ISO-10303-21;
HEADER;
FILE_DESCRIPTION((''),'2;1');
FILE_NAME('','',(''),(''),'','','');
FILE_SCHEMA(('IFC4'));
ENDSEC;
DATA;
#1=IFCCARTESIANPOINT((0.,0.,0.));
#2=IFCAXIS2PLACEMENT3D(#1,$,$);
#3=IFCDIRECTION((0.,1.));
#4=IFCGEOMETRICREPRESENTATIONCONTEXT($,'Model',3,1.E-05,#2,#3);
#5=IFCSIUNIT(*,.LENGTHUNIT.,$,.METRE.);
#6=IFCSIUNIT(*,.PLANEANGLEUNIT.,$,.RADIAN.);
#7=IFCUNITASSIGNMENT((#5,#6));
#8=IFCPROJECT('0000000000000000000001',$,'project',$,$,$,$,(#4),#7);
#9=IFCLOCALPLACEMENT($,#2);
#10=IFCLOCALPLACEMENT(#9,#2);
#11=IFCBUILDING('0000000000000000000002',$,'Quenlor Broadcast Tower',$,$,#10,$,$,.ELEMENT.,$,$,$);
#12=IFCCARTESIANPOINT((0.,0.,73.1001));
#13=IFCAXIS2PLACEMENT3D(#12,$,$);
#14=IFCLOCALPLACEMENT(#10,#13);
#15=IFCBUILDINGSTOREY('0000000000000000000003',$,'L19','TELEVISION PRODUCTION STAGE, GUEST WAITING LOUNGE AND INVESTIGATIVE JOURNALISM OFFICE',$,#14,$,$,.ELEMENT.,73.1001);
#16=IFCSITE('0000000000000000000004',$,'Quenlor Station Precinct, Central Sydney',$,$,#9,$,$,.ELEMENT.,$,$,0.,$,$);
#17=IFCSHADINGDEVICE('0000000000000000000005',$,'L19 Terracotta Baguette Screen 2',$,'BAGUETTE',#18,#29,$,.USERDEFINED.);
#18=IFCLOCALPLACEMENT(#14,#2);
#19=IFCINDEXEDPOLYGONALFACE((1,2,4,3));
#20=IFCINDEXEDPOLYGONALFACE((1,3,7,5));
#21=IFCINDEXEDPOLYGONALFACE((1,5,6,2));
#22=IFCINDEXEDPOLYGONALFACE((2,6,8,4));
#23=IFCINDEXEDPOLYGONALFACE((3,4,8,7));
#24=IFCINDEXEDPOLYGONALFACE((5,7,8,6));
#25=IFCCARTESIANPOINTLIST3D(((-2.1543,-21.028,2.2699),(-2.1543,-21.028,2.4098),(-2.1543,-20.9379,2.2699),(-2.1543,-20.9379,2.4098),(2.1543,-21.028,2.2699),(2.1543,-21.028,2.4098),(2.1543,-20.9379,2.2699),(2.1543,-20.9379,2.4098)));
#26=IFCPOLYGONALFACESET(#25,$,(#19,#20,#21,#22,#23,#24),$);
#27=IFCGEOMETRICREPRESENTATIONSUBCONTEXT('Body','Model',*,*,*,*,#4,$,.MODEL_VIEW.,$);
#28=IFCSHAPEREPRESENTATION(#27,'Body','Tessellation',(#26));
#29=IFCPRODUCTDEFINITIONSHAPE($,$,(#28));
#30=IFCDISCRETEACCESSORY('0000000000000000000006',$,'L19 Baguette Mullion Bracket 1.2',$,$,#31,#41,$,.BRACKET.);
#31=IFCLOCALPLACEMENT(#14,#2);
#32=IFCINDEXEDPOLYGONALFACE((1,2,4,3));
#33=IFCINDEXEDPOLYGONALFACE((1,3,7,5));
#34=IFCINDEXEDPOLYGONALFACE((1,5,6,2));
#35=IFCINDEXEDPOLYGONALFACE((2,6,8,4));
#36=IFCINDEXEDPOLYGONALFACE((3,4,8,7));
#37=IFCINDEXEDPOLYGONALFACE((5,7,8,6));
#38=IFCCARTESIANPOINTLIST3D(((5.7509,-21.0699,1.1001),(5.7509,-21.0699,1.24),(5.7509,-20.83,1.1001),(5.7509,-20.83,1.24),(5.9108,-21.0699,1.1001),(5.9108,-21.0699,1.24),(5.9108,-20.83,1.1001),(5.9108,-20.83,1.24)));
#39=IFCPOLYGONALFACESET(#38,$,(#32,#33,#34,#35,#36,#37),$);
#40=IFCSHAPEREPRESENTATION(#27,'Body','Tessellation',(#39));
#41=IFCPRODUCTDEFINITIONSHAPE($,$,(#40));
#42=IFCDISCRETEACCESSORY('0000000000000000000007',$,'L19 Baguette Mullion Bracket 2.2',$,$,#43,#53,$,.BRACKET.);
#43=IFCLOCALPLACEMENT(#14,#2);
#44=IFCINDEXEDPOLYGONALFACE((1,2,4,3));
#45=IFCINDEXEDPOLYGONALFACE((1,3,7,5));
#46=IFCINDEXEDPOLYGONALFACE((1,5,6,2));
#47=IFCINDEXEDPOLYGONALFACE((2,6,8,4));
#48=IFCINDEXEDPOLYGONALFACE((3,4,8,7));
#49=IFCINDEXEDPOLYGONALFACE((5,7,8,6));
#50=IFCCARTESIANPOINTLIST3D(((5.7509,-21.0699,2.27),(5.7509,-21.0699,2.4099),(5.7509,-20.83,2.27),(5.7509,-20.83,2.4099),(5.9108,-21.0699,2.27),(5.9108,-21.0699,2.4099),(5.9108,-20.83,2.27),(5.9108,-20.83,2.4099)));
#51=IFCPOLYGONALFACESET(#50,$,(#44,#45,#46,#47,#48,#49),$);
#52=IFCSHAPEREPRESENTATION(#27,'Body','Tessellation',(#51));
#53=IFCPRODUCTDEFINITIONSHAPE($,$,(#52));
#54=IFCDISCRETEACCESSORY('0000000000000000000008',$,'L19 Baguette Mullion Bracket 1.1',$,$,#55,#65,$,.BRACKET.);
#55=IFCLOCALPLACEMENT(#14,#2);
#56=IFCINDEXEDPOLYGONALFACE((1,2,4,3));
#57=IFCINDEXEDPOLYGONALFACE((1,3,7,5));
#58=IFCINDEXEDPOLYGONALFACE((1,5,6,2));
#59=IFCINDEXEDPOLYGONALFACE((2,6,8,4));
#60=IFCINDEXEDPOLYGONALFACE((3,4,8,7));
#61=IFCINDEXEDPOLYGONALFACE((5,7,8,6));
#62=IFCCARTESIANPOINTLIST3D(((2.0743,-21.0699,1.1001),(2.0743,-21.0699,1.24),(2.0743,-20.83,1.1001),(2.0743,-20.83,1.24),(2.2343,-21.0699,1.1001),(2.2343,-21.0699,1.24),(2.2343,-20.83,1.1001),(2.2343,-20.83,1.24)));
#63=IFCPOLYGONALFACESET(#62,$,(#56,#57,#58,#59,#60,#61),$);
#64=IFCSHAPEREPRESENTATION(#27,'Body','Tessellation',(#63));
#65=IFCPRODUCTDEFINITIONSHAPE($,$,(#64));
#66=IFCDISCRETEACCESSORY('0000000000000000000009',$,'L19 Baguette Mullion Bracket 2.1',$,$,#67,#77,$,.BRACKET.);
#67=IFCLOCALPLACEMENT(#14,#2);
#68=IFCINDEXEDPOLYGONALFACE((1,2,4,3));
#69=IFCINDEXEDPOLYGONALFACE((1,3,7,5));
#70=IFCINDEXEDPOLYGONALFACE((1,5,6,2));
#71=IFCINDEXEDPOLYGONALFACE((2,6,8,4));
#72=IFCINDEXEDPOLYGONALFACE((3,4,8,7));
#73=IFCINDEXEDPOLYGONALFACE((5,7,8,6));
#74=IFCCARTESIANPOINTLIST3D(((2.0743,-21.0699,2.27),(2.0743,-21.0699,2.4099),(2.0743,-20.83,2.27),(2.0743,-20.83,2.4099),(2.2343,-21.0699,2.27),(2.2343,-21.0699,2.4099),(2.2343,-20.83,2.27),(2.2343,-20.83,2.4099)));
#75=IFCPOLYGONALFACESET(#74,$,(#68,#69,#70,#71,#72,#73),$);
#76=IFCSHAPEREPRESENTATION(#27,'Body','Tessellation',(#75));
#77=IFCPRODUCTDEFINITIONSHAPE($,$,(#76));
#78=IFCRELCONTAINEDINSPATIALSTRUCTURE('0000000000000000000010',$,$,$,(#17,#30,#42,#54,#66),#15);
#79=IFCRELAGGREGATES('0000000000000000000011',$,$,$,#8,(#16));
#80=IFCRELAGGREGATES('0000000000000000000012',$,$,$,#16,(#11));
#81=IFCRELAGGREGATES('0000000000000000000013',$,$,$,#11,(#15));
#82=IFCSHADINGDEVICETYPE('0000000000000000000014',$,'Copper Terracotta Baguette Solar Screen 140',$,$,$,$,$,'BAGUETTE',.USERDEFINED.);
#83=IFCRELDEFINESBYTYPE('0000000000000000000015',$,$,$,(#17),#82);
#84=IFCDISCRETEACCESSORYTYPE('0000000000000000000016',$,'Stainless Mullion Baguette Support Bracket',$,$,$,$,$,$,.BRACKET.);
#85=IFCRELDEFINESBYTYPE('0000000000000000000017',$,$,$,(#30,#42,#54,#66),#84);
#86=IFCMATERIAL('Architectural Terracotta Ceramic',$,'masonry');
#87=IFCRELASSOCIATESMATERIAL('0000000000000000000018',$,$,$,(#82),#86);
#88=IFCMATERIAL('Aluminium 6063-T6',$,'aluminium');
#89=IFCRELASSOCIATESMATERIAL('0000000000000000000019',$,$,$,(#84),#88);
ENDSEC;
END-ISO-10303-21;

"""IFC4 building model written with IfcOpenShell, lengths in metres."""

from ifc_helpers import new_model, si_unit, direction, frame, origin, origin_2d, place, context, subcontext, project, spatial, rectangle, extrude, material, material_profile, profile_set, type_object, element, save


model = new_model("IFC4")

# Units and contexts
model_context = context("Model", 3, precision=1e-05, world=origin(), true_north=direction((0.0, 1.0)))
body_context = subcontext(model_context, "Body", "Model", "MODEL_VIEW")
ifc_project = project(units=[si_unit("LENGTHUNIT", "METRE"), si_unit("PLANEANGLEUNIT", "RADIAN")], contexts=[model_context])

# Site, building, storey
site_placement = place(None, origin())
site = spatial("IfcSite", under=ifc_project, at=site_placement, Name="Quenlor Station Precinct, Central Sydney", CompositionType="ELEMENT", RefElevation=0.0)
building_placement = place(site_placement, origin())
building = spatial("IfcBuilding", under=site, at=building_placement, Name="Quenlor Broadcast Tower", CompositionType="ELEMENT")
storey_placement = place(building_placement, frame((0.0, 0.0, 73.1001)))
storey = spatial("IfcBuildingStorey", under=building, at=storey_placement, Name="L19", Description="TELEVISION PRODUCTION STAGE, GUEST WAITING LOUNGE AND INVESTIGATIVE JOURNALISM OFFICE", CompositionType="ELEMENT", Elevation=73.1001)

# Shading device
ifc_material_1 = material(Name="Architectural Terracotta Ceramic", Category="masonry")
ifc_material_profile_1 = material_profile(ifc_material_1, rectangle(XDim=0.0901, YDim=0.1399, at=origin_2d()))
ifc_profile_set_1 = profile_set([ifc_material_profile_1], Name="Architectural Terracotta Ceramic BAG90x140")
shading_device_type = type_object("IfcShadingDeviceType", Name="Copper Terracotta Baguette Solar Screen 140", ElementType="BAGUETTE", PredefinedType="USERDEFINED", material=ifc_profile_set_1)
for number, where, z_axis, x_axis, name in (
    (1, (2.1543, -20.9829, 2.3398), (-1.0, 0.0, 0.0), (0.0, -1.0, 0.0), "L19 Terracotta Baguette Screen 2"),
):
    element("IfcShadingDevice", number, at=place(storey_placement, frame(where, z_axis=z_axis, x_axis=x_axis)), inside=storey, type_object=shading_device_type, Name=name, ObjectType="BAGUETTE", PredefinedType="USERDEFINED", context=body_context, shape_type="SweptSolid", body=[
        extrude(rectangle(XDim=0.0901, YDim=0.1399, at=origin_2d()), origin(), (0.0, 0.0, 1.0), 4.3086),
    ])

# Discrete accessories
ifc_material_2 = material(Name="Aluminium 6063-T6", Category="aluminium")
discrete_accessory_type = type_object("IfcDiscreteAccessoryType", Name="Stainless Mullion Baguette Support Bracket", PredefinedType="BRACKET", material=ifc_material_2)
for number, where, z_axis, x_axis, name in (
    (2, (5.8308, -20.95, 1.1001), (0.0, 0.0, 1.0), (-1.0, 0.0, 0.0), "L19 Baguette Mullion Bracket 1.2"),
    (3, (5.8308, -20.95, 2.27), (0.0, 0.0, 1.0), (-1.0, 0.0, 0.0), "L19 Baguette Mullion Bracket 2.2"),
    (4, (2.1543, -20.95, 1.1001), (0.0, 0.0, 1.0), (-1.0, 0.0, 0.0), "L19 Baguette Mullion Bracket 1.1"),
    (5, (2.1543, -20.95, 2.27), (0.0, 0.0, 1.0), (-1.0, 0.0, 0.0), "L19 Baguette Mullion Bracket 2.1"),
):
    element("IfcDiscreteAccessory", number, at=place(storey_placement, frame(where, z_axis=z_axis, x_axis=x_axis)), inside=storey, type_object=discrete_accessory_type, Name=name, PredefinedType="BRACKET", context=body_context, shape_type="SweptSolid", body=[
        extrude(rectangle(XDim=0.1599, YDim=0.24, at=origin_2d()), origin(), (0.0, 0.0, 1.0), 0.1399),
    ])

save(model, "model.ifc")
